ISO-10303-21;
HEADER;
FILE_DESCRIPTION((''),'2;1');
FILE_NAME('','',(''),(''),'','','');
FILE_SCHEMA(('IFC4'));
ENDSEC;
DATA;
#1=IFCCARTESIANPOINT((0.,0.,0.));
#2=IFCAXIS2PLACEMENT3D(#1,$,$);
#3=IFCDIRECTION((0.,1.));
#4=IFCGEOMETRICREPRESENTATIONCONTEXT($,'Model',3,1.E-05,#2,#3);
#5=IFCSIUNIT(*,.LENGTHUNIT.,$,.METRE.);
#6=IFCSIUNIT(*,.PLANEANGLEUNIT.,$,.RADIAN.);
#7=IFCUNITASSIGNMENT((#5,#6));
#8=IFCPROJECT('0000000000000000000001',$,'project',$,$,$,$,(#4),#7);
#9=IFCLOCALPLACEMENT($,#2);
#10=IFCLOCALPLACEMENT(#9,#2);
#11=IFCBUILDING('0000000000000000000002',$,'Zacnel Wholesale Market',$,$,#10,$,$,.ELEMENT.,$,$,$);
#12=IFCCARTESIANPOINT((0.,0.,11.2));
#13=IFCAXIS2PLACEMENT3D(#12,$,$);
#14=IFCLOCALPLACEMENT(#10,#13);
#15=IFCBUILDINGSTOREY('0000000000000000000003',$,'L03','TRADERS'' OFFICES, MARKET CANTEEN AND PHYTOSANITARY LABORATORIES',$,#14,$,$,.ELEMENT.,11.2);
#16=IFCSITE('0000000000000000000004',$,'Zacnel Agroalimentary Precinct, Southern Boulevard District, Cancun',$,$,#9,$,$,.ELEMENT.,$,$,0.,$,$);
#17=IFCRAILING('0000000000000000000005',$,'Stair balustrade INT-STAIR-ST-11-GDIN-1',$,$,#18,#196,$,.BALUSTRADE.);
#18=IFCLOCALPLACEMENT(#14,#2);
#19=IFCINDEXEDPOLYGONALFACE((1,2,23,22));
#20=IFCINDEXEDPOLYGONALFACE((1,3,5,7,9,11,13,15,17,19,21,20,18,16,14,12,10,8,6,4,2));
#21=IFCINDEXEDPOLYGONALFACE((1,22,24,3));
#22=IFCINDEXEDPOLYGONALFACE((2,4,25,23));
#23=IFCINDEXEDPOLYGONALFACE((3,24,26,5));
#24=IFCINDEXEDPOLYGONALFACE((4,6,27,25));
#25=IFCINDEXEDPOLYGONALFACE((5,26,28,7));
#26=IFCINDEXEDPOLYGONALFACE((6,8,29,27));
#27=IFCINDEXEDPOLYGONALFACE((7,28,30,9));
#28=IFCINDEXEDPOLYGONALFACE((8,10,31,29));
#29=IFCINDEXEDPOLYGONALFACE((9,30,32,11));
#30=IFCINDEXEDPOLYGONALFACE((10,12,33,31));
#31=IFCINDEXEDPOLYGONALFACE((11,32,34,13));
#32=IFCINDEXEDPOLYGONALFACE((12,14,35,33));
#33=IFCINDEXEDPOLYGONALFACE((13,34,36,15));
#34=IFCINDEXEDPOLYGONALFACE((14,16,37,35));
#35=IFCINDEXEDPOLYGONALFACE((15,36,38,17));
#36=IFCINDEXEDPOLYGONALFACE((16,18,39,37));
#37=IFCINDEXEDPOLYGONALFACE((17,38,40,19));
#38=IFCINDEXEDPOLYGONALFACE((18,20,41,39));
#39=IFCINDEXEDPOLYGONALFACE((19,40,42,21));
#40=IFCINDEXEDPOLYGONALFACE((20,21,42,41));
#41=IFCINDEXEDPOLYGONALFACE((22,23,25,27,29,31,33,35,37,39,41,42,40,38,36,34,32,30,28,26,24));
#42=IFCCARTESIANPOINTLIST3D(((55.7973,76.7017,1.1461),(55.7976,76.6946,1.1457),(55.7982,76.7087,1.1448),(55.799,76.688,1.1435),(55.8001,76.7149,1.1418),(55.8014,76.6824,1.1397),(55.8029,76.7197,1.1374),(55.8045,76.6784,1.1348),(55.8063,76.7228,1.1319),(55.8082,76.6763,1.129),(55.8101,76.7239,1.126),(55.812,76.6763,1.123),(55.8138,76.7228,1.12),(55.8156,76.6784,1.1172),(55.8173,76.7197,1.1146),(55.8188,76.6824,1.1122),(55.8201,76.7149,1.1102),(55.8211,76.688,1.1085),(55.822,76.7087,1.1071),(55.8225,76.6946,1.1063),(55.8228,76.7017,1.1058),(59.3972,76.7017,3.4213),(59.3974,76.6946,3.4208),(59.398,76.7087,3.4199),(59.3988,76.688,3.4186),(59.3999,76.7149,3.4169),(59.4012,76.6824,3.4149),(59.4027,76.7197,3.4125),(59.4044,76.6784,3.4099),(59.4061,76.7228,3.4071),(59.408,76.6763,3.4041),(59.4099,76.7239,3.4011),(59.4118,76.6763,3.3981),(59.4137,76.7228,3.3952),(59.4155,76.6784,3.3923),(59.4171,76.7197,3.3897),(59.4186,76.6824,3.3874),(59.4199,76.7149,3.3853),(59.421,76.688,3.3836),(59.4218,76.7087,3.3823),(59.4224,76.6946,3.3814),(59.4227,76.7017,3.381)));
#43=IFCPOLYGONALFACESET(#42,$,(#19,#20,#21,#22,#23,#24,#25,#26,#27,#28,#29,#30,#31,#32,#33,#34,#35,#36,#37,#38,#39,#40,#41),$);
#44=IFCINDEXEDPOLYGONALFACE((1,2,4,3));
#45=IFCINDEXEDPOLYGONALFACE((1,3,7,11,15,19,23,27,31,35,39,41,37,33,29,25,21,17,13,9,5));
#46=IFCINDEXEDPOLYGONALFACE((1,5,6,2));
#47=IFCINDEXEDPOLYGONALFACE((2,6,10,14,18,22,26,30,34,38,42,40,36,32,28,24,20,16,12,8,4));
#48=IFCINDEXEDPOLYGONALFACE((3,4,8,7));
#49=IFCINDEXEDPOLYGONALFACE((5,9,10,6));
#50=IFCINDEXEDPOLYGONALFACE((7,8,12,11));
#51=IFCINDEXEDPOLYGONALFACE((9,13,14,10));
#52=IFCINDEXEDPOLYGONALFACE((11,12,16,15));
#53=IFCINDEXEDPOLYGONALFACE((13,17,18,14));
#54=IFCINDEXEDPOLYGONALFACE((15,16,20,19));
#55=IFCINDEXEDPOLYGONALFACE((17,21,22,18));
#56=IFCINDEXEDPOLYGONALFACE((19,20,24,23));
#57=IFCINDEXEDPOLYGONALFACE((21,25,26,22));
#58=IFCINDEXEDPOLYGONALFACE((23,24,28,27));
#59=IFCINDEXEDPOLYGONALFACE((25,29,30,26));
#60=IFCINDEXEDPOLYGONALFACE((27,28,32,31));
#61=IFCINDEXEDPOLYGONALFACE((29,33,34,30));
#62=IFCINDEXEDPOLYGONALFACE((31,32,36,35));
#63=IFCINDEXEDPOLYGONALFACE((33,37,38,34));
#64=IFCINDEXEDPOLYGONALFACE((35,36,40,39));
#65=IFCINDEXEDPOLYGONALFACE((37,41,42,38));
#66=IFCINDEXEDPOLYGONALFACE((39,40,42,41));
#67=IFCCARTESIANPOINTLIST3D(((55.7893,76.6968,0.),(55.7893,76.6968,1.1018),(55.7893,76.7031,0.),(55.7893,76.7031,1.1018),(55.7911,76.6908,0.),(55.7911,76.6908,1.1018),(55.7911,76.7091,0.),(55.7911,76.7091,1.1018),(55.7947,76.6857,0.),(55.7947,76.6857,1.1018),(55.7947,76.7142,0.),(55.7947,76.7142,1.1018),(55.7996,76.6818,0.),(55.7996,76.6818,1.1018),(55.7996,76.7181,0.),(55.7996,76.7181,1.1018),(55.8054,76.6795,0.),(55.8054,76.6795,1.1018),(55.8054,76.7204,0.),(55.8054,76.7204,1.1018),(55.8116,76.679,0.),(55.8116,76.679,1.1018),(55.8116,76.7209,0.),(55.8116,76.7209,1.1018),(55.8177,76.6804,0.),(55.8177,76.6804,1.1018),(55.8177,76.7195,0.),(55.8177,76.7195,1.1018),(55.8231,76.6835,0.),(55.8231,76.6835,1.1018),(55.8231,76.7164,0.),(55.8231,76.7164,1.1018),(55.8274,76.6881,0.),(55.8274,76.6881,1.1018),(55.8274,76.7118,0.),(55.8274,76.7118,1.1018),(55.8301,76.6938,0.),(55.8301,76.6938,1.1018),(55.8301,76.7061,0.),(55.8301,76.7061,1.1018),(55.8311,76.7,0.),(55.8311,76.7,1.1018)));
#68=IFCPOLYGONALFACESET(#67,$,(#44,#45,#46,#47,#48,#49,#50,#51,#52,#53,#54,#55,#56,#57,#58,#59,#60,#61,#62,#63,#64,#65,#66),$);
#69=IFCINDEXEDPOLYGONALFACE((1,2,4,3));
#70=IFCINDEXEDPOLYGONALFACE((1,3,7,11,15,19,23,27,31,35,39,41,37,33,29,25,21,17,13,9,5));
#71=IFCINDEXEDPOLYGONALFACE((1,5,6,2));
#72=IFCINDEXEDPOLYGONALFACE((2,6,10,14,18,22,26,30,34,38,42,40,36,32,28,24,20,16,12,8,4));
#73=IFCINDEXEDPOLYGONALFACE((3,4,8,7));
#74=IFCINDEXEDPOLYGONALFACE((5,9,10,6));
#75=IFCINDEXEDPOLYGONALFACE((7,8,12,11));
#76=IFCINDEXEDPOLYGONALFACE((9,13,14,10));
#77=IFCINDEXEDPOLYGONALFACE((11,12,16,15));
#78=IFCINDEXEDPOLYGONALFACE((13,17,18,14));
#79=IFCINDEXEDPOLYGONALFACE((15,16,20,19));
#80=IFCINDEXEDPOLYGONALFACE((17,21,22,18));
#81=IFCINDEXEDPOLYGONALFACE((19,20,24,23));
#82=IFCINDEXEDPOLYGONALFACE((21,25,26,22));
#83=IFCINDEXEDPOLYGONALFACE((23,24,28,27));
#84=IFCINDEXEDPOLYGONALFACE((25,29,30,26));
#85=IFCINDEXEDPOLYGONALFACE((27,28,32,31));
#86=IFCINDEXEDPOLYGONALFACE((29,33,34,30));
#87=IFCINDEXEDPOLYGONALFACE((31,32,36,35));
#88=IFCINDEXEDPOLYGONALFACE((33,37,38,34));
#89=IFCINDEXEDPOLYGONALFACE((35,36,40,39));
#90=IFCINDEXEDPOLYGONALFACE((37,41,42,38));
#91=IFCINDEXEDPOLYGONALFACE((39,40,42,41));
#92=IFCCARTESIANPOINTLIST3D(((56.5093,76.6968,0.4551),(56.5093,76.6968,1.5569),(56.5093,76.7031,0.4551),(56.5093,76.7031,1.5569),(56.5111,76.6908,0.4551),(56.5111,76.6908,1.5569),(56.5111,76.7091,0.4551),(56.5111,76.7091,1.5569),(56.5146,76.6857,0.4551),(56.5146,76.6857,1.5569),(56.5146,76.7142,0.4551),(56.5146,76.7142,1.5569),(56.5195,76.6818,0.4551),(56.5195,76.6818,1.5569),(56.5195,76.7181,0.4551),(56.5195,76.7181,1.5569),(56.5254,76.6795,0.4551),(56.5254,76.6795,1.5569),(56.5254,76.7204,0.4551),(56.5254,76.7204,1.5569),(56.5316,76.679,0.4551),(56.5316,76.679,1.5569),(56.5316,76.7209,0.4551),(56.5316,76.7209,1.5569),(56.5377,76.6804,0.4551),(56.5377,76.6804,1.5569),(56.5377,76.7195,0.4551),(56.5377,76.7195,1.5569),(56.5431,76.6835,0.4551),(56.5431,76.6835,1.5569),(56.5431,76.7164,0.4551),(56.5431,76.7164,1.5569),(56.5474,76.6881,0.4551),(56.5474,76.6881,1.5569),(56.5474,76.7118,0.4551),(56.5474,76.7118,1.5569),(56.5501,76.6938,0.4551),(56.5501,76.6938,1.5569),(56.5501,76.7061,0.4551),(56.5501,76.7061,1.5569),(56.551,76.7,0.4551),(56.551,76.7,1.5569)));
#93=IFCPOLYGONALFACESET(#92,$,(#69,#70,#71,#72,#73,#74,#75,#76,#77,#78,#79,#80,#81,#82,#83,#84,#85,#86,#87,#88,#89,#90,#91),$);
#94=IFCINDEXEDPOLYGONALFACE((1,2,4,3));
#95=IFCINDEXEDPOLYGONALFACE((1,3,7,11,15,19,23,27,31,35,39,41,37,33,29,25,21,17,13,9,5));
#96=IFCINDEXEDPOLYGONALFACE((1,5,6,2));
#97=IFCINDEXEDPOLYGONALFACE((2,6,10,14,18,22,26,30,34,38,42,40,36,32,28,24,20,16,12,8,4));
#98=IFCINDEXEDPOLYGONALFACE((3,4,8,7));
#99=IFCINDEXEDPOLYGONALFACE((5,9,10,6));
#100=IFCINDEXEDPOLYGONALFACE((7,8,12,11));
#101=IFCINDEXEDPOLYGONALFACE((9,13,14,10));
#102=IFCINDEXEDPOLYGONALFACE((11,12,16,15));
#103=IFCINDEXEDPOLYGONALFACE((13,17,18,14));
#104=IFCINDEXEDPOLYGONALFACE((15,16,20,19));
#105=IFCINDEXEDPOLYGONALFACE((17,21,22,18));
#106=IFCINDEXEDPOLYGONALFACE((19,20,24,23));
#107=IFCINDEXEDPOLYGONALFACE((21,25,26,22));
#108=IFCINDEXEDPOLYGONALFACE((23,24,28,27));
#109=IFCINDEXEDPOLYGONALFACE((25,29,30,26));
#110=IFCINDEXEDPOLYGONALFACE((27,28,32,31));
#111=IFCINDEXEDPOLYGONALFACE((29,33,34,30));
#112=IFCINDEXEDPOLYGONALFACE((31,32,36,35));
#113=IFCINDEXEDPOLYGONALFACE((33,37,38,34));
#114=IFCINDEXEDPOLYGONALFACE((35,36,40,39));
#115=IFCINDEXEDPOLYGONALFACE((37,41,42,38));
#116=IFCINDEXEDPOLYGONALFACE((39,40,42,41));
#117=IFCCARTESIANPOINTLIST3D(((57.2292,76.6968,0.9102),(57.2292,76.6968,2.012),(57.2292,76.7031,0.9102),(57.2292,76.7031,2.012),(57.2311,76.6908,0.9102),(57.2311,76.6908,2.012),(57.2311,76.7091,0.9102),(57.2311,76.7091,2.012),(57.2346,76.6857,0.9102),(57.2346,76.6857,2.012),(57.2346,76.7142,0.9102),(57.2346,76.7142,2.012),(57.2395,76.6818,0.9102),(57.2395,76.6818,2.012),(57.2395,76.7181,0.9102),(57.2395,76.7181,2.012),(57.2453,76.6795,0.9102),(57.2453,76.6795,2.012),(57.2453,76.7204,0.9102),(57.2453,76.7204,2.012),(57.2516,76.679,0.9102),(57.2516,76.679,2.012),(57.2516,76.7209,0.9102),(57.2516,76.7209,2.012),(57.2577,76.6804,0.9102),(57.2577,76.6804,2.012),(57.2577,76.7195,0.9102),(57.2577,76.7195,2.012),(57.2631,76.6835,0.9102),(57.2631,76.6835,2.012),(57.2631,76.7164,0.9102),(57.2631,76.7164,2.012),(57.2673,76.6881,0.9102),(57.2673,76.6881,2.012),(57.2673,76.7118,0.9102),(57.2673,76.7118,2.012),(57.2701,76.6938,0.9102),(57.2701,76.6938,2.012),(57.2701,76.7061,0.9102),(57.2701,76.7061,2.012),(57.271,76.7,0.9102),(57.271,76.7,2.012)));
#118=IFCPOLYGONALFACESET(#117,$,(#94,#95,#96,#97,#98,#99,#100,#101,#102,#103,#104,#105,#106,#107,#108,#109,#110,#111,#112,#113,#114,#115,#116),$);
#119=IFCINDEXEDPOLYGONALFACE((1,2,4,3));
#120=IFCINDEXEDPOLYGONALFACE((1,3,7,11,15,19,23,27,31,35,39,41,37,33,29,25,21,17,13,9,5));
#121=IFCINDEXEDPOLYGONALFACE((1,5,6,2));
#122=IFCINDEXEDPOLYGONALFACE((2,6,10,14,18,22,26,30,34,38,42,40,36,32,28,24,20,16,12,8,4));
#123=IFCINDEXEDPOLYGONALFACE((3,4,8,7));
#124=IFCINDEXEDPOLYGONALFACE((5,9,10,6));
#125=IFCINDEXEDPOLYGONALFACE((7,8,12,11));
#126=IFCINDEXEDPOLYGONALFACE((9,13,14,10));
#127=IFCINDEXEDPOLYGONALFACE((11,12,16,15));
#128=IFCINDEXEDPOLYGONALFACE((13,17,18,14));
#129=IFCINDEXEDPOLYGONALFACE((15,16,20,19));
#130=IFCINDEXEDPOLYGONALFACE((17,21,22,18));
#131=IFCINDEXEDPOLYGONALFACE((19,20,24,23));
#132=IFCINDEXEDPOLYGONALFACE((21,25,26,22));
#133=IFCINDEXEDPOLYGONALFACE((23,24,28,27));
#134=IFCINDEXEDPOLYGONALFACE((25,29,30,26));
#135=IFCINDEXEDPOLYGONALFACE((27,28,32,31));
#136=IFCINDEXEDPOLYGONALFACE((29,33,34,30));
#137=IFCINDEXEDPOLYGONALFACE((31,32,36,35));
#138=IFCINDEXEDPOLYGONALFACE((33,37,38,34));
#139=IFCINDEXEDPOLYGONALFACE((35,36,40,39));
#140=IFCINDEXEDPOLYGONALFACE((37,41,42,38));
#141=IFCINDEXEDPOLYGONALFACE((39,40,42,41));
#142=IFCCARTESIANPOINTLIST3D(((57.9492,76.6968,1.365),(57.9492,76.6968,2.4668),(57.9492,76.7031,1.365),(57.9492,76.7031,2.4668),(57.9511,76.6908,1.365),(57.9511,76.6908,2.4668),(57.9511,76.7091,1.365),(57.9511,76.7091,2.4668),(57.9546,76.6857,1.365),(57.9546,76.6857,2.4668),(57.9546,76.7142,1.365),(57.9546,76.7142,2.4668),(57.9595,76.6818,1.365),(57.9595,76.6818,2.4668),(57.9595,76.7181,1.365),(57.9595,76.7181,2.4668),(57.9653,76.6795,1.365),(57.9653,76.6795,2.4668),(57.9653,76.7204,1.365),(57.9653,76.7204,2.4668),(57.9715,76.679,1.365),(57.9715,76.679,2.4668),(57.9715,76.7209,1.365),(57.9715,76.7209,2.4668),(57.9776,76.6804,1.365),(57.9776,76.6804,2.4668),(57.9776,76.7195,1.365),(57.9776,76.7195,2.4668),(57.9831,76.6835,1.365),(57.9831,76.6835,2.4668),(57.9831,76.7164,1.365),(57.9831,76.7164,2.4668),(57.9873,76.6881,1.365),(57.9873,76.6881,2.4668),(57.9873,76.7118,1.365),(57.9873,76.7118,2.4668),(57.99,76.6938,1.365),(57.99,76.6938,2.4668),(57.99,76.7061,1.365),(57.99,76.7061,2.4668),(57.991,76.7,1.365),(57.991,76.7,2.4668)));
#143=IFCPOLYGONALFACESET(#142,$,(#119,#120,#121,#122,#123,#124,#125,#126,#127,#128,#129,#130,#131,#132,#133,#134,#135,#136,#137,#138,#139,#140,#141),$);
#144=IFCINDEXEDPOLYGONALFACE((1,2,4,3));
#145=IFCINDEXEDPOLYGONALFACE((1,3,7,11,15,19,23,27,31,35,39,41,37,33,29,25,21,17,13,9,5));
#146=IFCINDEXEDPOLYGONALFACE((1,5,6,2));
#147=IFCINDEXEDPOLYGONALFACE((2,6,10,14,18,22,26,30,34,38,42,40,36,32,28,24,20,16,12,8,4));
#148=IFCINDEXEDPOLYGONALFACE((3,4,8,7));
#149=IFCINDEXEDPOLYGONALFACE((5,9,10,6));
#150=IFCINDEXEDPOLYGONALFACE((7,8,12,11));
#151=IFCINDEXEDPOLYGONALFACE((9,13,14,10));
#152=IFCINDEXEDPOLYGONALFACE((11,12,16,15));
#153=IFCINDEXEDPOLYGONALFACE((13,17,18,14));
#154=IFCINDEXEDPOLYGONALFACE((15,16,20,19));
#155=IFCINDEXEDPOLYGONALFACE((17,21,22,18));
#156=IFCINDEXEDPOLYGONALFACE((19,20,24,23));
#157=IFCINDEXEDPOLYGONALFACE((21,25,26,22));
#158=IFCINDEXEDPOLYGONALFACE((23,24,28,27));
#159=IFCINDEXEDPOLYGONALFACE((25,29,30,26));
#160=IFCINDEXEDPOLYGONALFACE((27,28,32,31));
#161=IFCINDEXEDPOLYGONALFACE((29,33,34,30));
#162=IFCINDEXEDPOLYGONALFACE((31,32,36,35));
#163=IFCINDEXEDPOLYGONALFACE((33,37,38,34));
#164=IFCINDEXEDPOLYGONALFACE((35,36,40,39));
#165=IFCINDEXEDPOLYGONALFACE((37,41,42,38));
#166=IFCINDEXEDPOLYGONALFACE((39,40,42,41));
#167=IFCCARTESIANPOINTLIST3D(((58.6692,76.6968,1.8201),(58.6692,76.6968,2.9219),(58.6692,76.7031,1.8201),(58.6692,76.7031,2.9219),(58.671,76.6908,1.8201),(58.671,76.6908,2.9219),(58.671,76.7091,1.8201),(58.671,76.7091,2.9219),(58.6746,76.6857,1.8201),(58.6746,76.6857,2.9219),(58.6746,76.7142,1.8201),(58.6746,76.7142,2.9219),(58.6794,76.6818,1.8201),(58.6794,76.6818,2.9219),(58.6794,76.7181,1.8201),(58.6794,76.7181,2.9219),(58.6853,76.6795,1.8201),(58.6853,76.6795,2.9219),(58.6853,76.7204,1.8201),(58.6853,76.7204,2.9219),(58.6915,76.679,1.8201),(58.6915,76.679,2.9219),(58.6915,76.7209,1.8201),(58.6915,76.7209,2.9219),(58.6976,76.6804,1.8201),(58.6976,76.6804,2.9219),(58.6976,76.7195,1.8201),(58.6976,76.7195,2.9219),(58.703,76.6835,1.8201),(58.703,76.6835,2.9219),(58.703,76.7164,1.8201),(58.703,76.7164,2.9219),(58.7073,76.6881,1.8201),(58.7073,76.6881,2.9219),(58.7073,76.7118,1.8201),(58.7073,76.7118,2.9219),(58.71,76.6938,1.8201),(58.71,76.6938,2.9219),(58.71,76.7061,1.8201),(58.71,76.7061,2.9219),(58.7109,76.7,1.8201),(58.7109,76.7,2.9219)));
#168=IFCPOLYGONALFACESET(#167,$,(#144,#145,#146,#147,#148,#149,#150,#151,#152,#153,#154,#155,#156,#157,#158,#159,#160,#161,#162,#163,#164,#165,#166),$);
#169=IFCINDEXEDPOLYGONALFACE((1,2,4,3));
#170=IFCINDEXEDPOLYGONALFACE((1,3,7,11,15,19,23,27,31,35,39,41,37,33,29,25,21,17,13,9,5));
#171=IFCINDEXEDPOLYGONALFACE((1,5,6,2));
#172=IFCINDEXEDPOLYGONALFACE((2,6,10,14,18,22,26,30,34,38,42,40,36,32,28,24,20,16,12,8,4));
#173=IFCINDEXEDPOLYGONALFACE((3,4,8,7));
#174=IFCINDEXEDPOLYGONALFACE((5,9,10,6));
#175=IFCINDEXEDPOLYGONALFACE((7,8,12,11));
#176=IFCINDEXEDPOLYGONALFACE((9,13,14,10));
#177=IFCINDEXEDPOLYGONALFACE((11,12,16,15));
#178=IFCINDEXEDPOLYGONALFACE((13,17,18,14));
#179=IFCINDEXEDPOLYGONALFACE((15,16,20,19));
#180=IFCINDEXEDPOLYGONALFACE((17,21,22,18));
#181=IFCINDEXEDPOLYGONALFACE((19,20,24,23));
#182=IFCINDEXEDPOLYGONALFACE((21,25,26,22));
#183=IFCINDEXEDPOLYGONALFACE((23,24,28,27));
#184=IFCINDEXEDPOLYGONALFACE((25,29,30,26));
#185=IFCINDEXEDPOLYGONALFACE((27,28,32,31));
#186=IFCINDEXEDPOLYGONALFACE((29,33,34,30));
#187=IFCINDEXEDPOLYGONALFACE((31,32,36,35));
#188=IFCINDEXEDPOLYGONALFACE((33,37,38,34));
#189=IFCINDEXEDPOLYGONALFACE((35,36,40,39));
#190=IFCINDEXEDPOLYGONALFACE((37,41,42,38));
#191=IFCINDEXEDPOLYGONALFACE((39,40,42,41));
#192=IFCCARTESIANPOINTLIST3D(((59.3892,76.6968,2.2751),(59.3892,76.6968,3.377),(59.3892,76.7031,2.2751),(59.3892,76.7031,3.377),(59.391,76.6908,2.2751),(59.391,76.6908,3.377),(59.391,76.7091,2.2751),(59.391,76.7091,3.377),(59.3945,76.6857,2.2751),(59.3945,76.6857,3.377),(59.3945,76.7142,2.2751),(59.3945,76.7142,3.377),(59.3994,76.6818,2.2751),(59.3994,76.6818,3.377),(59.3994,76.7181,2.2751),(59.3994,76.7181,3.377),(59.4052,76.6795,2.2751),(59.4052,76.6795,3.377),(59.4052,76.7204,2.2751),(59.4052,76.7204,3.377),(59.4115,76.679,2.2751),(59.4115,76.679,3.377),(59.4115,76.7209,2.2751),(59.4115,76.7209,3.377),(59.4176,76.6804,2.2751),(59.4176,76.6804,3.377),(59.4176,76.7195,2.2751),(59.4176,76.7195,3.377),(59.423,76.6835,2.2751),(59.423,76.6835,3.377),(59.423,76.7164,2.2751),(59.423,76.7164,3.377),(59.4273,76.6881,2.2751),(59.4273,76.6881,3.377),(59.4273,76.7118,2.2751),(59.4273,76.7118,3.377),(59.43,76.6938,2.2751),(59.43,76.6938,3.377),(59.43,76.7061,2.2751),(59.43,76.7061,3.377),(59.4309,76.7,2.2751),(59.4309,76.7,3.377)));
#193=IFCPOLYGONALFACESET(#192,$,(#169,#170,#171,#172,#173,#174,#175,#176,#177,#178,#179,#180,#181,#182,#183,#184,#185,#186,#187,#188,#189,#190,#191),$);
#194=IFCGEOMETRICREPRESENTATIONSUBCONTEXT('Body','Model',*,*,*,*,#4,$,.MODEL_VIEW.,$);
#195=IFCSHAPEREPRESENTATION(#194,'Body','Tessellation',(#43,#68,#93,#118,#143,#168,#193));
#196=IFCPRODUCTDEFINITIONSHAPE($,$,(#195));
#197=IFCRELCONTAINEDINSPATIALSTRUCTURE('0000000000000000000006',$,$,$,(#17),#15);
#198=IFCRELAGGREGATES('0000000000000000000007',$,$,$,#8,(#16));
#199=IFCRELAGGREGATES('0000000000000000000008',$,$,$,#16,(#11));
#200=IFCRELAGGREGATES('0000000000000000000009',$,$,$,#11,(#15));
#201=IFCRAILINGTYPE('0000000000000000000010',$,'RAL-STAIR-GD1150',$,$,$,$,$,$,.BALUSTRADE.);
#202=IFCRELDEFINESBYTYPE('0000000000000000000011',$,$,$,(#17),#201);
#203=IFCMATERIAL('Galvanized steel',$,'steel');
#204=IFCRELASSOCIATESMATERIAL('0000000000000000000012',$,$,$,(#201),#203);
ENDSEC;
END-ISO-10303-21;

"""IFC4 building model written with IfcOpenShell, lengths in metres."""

from ifc_helpers import new_model, si_unit, direction, frame, origin, origin_2d, place, context, subcontext, project, spatial, circle, extrude, material, type_object, element, save


model = new_model("IFC4")

# Units and contexts
model_context = context("Model", 3, precision=1e-05, world=origin(), true_north=direction((0.0, 1.0)))
body_context = subcontext(model_context, "Body", "Model", "MODEL_VIEW")
ifc_project = project(units=[si_unit("LENGTHUNIT", "METRE"), si_unit("PLANEANGLEUNIT", "RADIAN")], contexts=[model_context])

# Site, building, storey
site_placement = place(None, origin())
site = spatial("IfcSite", under=ifc_project, at=site_placement, Name="Zacnel Agroalimentary Precinct, Southern Boulevard District, Cancun", CompositionType="ELEMENT", RefElevation=0.0)
building_placement = place(site_placement, origin())
building = spatial("IfcBuilding", under=site, at=building_placement, Name="Zacnel Wholesale Market", CompositionType="ELEMENT")
storey_placement = place(building_placement, frame((0.0, 0.0, 11.2)))
storey = spatial("IfcBuildingStorey", under=building, at=storey_placement, Name="L03", Description="TRADERS' OFFICES, MARKET CANTEEN AND PHYTOSANITARY LABORATORIES", CompositionType="ELEMENT", Elevation=11.2)

# Railing
ifc_material_1 = material(Name="Galvanized steel", Category="steel")
railing_type_1 = type_object("IfcRailingType", Name="RAL-STAIR-GD1150", PredefinedType="BALUSTRADE", material=ifc_material_1)
railing_1_placement = place(storey_placement, frame((55.8101, 76.7, 0.0)))
element("IfcRailing", 1, at=railing_1_placement, inside=storey, type_object=railing_type_1, Name="Stair balustrade INT-STAIR-ST-11-GDIN-1", PredefinedType="BALUSTRADE", context=body_context, shape_type="SweptSolid", body=[
    extrude(circle(Radius=0.0239, at=origin_2d()), frame((0.0, 0.0, 1.126), z_axis=(0.845324, 0.0, 0.534254), x_axis=(0.0, 1.0, 0.0)), (0.0, 0.0, 1.0), 4.2585),
    extrude(circle(Radius=0.021, at=origin_2d()), origin(), (0.0, 0.0, 1.0), 1.1018),
    extrude(circle(Radius=0.021, at=origin_2d()), frame((0.72, 0.0, 0.4551)), (0.0, 0.0, 1.0), 1.1018),
    extrude(circle(Radius=0.021, at=origin_2d()), frame((1.4399, 0.0, 0.9102)), (0.0, 0.0, 1.0), 1.1018),
    extrude(circle(Radius=0.021, at=origin_2d()), frame((2.1599, 0.0, 1.365)), (0.0, 0.0, 1.0), 1.1018),
    extrude(circle(Radius=0.021, at=origin_2d()), frame((2.8799, 0.0, 1.8201)), (0.0, 0.0, 1.0), 1.1018),
    extrude(circle(Radius=0.021, at=origin_2d()), frame((3.5999, 0.0, 2.2751)), (0.0, 0.0, 1.0), 1.1018),
])

save(model, "model.ifc")
